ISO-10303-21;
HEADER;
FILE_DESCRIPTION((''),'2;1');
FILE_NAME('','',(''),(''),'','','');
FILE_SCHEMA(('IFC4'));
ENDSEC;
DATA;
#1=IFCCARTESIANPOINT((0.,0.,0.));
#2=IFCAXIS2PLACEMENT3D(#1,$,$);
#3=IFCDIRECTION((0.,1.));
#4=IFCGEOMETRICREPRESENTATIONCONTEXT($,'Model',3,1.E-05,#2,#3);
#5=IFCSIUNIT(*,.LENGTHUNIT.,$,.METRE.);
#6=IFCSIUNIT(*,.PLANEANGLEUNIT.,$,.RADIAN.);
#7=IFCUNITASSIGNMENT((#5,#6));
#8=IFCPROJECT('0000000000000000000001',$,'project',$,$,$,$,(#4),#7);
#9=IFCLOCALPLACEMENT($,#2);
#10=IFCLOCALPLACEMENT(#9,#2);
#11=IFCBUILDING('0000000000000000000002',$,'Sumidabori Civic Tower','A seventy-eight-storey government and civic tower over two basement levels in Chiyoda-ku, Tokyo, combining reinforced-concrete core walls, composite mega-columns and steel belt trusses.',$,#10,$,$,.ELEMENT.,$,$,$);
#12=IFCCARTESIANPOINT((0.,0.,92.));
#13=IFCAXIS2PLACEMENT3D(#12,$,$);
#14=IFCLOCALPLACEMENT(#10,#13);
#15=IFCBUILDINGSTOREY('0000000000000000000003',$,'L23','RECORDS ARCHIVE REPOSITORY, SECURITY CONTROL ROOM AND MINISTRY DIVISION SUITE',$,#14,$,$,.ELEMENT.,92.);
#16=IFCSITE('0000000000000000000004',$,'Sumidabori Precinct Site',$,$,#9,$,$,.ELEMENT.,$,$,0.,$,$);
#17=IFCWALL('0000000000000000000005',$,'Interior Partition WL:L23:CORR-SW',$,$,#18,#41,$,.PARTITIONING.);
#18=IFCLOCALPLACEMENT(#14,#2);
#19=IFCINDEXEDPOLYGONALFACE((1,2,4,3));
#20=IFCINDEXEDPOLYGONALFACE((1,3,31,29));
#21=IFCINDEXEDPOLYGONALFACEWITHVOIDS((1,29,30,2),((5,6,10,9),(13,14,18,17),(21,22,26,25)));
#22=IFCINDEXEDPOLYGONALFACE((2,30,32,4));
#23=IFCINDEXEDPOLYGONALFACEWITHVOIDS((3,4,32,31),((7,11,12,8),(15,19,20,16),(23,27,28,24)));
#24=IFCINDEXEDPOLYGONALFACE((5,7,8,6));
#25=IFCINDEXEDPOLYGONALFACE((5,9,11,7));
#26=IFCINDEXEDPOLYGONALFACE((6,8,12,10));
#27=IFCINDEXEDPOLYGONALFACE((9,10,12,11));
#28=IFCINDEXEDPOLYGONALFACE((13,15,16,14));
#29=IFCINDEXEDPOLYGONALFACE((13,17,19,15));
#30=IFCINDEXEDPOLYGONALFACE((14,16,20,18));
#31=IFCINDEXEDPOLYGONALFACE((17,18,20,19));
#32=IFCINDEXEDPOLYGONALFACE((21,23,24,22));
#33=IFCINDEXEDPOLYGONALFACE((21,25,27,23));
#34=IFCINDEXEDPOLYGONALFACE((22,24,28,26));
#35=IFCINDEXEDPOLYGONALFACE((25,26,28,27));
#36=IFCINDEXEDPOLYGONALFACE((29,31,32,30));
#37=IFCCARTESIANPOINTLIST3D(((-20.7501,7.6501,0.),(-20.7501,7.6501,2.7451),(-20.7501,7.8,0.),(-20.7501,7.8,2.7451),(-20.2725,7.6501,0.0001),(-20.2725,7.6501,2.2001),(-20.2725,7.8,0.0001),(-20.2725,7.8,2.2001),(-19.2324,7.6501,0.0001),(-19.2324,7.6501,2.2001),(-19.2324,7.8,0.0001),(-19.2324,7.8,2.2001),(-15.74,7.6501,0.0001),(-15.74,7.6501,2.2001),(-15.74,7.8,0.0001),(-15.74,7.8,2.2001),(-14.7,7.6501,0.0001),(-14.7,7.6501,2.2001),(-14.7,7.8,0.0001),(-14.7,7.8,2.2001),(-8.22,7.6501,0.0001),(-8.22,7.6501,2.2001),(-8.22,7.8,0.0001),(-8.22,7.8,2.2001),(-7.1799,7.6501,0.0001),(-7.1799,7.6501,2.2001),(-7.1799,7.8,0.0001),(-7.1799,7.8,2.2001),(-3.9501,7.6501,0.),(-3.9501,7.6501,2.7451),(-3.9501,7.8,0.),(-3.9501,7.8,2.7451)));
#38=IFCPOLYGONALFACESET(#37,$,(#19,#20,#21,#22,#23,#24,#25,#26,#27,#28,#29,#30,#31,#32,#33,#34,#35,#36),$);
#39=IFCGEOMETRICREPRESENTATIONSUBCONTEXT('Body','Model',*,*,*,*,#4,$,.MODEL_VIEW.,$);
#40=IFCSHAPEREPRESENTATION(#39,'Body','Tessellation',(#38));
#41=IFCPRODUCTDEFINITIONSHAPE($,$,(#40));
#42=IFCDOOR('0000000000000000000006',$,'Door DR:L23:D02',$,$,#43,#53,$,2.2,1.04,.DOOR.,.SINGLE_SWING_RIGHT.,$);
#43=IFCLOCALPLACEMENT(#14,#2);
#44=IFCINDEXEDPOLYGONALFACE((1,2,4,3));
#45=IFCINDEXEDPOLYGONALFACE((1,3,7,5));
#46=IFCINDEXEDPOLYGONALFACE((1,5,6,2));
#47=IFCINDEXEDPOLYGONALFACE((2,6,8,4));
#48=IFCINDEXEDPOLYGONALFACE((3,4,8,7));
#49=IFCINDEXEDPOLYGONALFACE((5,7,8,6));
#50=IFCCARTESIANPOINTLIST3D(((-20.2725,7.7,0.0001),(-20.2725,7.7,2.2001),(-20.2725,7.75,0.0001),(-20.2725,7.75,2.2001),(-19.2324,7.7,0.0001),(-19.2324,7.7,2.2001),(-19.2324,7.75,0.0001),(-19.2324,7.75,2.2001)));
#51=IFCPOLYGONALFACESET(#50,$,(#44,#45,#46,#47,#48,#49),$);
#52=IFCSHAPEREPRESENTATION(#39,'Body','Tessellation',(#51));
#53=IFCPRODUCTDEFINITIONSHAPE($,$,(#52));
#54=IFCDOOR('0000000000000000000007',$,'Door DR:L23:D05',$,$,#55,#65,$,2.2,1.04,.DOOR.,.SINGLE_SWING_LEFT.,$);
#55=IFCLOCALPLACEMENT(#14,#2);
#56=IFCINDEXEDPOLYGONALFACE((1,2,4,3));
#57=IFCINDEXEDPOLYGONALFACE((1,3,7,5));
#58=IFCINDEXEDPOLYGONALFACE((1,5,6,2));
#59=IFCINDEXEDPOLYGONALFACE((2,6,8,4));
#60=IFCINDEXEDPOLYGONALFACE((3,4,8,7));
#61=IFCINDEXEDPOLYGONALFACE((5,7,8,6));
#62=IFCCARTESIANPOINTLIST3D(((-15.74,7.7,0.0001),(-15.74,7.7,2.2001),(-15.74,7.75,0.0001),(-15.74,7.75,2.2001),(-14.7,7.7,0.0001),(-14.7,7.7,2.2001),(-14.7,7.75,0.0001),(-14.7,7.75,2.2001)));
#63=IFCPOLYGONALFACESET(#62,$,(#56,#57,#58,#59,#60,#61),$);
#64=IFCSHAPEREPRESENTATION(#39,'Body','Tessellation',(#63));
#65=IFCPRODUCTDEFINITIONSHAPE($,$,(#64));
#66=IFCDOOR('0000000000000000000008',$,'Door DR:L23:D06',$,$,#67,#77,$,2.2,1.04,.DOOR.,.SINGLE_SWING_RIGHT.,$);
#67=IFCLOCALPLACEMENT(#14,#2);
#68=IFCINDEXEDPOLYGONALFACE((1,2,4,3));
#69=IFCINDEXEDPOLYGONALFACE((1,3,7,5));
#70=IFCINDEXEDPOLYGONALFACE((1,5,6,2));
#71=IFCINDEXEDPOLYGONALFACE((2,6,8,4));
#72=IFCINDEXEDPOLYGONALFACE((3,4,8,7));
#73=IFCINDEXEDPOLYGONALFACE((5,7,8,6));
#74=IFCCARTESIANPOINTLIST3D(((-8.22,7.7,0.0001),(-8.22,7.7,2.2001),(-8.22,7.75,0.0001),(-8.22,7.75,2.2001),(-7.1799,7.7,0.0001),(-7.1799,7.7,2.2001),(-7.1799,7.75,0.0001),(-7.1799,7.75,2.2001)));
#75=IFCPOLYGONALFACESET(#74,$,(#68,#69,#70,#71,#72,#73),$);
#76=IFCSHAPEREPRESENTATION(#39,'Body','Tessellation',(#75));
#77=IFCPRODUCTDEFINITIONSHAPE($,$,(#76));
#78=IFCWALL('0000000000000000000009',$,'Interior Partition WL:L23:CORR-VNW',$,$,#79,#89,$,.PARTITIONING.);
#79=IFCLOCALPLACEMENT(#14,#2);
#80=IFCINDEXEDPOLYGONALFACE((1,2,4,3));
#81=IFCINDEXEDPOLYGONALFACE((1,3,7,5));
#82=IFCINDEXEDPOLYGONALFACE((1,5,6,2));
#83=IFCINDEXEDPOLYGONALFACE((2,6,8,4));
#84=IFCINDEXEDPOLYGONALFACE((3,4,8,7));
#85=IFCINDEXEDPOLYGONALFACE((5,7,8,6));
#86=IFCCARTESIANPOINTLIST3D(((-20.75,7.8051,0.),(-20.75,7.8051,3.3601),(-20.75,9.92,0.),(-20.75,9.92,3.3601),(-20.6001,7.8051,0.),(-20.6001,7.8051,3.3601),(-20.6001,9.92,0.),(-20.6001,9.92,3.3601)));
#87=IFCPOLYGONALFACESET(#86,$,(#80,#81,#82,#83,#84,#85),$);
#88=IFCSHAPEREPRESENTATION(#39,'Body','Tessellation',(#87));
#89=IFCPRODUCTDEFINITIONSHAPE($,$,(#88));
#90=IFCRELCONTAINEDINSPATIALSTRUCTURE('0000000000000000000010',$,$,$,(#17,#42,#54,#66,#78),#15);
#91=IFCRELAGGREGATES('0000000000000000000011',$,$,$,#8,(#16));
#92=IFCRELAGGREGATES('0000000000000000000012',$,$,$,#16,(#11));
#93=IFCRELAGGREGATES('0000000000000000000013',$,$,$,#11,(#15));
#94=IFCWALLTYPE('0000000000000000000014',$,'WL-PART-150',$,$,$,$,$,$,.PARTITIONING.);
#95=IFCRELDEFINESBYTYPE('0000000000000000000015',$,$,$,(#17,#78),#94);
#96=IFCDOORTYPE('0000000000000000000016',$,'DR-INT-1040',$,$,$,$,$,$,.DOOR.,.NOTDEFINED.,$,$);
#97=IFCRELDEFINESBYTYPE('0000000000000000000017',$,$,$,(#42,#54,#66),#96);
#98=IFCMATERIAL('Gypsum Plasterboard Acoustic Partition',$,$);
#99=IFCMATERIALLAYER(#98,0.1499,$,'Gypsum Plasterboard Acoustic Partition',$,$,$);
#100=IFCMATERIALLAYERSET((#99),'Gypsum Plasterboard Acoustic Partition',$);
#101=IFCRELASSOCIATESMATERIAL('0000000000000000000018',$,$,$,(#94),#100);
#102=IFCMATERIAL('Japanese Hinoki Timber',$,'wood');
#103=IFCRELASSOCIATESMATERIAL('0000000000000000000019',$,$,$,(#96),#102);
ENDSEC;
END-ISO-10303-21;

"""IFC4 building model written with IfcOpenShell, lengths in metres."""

from ifc_helpers import new_model, si_unit, direction, frame, frame_2d, origin, place, context, subcontext, project, spatial, rectangle, extrude, source, transform, mapped, material, layer, layer_set, type_object, element, fill, save


model = new_model("IFC4")

# Units and contexts
model_context = context("Model", 3, precision=1e-05, world=origin(), true_north=direction((0.0, 1.0)))
body_context = subcontext(model_context, "Body", "Model", "MODEL_VIEW")
ifc_project = project(units=[si_unit("LENGTHUNIT", "METRE"), si_unit("PLANEANGLEUNIT", "RADIAN")], contexts=[model_context])

# Site, building, storey
site_placement = place(None, origin())
site = spatial("IfcSite", under=ifc_project, at=site_placement, Name="Sumidabori Precinct Site", CompositionType="ELEMENT", RefElevation=0.0)
building_placement = place(site_placement, origin())
building = spatial("IfcBuilding", under=site, at=building_placement, Name="Sumidabori Civic Tower", Description="A seventy-eight-storey government and civic tower over two basement levels in Chiyoda-ku, Tokyo, combining reinforced-concrete core walls, composite mega-columns and steel belt trusses.", CompositionType="ELEMENT")
storey_placement = place(building_placement, frame((0.0, 0.0, 92.0)))
storey = spatial("IfcBuildingStorey", under=building, at=storey_placement, Name="L23", Description="RECORDS ARCHIVE REPOSITORY, SECURITY CONTROL ROOM AND MINISTRY DIVISION SUITE", CompositionType="ELEMENT", Elevation=92.0)

# Shared definitions
ifc_material_1 = material(Name="Gypsum Plasterboard Acoustic Partition")
ifc_layer_1 = layer(ifc_material_1, 0.1499, Name="Gypsum Plasterboard Acoustic Partition")
ifc_layer_set_1 = layer_set([ifc_layer_1], Name="Gypsum Plasterboard Acoustic Partition")
wall_type_1 = type_object("IfcWallType", Name="WL-PART-150", PredefinedType="PARTITIONING", material=ifc_layer_set_1)

# Shared definitions
ifc_material_2 = material(Name="Japanese Hinoki Timber", Category="wood")

# Wall, openings, doors
shared_shape_1 = source(origin(), body_context, "Body", "SweptSolid", [
    extrude(rectangle(XDim=16.8, YDim=0.1499, at=frame_2d((8.3999, 0.0))), origin(), (0.0, 0.0, 1.0), 2.7451),
])
wall_1_placement = place(storey_placement, frame((-20.75, 7.7251, 0.0), z_axis=(0.0, 0.0, 1.0), x_axis=(1.0, 0.0, 0.0)))
wall_1 = element("IfcWall", 1, at=wall_1_placement, inside=storey, type_object=wall_type_1, Name="Interior Partition WL:L23:CORR-SW", PredefinedType="PARTITIONING", context=body_context, shape_type="MappedRepresentation", body=[
    mapped(shared_shape_1, transform((0.0, 0.0, 0.0), x_axis=(1.0, 0.0, 0.0), y_axis=(0.0, 1.0, 0.0), z_axis=(0.0, 0.0, 1.0), scale=1.0)),
])
opening_1_placement = place(wall_1_placement, frame((0.4775, 0.0, 0.0)))
opening_1 = element("IfcOpeningElement", 2, at=opening_1_placement, cuts=wall_1, PredefinedType="OPENING", context=body_context, shape_type="SweptSolid", body=[
    extrude(rectangle(XDim=1.04, YDim=2.2, at=frame_2d((0.52, 1.1001))), frame((0.0, 0.0869, 0.0), z_axis=(0.0, -1.0, 0.0), x_axis=(1.0, 0.0, 0.0)), (0.0, 0.0, 1.0), 0.1738),
])
opening_2_placement = place(wall_1_placement, frame((5.01, 0.0, 0.0)))
opening_2 = element("IfcOpeningElement", 3, at=opening_2_placement, cuts=wall_1, PredefinedType="OPENING", context=body_context, shape_type="SweptSolid", body=[
    extrude(rectangle(XDim=1.04, YDim=2.2, at=frame_2d((0.52, 1.1001))), frame((0.0, 0.0869, 0.0), z_axis=(0.0, -1.0, 0.0), x_axis=(1.0, 0.0, 0.0)), (0.0, 0.0, 1.0), 0.1738),
])
opening_3_placement = place(wall_1_placement, frame((12.53, 0.0, 0.0)))
opening_3 = element("IfcOpeningElement", 4, at=opening_3_placement, cuts=wall_1, PredefinedType="OPENING", context=body_context, shape_type="SweptSolid", body=[
    extrude(rectangle(XDim=1.04, YDim=2.2, at=frame_2d((0.52, 1.1001))), frame((0.0, 0.0869, 0.0), z_axis=(0.0, -1.0, 0.0), x_axis=(1.0, 0.0, 0.0)), (0.0, 0.0, 1.0), 0.1738),
])
door_type_1 = type_object("IfcDoorType", Name="DR-INT-1040", OperationType="NOTDEFINED", PredefinedType="DOOR", material=ifc_material_2)
shared_shape_2 = source(origin(), body_context, "Body", "SweptSolid", [
    extrude(rectangle(XDim=1.04, YDim=2.2, at=frame_2d((0.52, 1.1001))), frame((0.0, 0.0249, 0.0), z_axis=(0.0, -1.0, 0.0), x_axis=(1.0, 0.0, 0.0)), (0.0, 0.0, 1.0), 0.05),
])
door_1_placement = place(opening_1_placement, origin())
door_1 = element("IfcDoor", 5, at=door_1_placement, inside=storey, type_object=door_type_1, Name="Door DR:L23:D02", OperationType="SINGLE_SWING_RIGHT", OverallHeight=2.2, OverallWidth=1.04, PredefinedType="DOOR", context=body_context, shape_type="MappedRepresentation", body=[
    mapped(shared_shape_2, transform((0.0, 0.0, 0.0), x_axis=(1.0, 0.0, 0.0), y_axis=(0.0, 1.0, 0.0), z_axis=(0.0, 0.0, 1.0), scale=1.0)),
])
fill(opening_1, door_1)
door_2_placement = place(opening_2_placement, origin())
door_2 = element("IfcDoor", 6, at=door_2_placement, inside=storey, type_object=door_type_1, Name="Door DR:L23:D05", OperationType="SINGLE_SWING_LEFT", OverallHeight=2.2, OverallWidth=1.04, PredefinedType="DOOR", context=body_context, shape_type="MappedRepresentation", body=[
    mapped(shared_shape_2, transform((0.0, 0.0, 0.0), x_axis=(1.0, 0.0, 0.0), y_axis=(0.0, 1.0, 0.0), z_axis=(0.0, 0.0, 1.0), scale=1.0)),
])
fill(opening_2, door_2)
door_3_placement = place(opening_3_placement, origin())
door_3 = element("IfcDoor", 7, at=door_3_placement, inside=storey, type_object=door_type_1, Name="Door DR:L23:D06", OperationType="SINGLE_SWING_RIGHT", OverallHeight=2.2, OverallWidth=1.04, PredefinedType="DOOR", context=body_context, shape_type="MappedRepresentation", body=[
    mapped(shared_shape_2, transform((0.0, 0.0, 0.0), x_axis=(1.0, 0.0, 0.0), y_axis=(0.0, 1.0, 0.0), z_axis=(0.0, 0.0, 1.0), scale=1.0)),
])
fill(opening_3, door_3)

# Wall
shared_shape_3 = source(origin(), body_context, "Body", "SweptSolid", [
    extrude(rectangle(XDim=2.115, YDim=0.1499, at=frame_2d((1.0576, 0.0))), origin(), (0.0, 0.0, 1.0), 3.3601),
])
wall_2_placement = place(storey_placement, frame((-20.675, 7.8049, 0.0), z_axis=(0.0, 0.0, 1.0), x_axis=(0.0, 1.0, 0.0)))
element("IfcWall", 8, at=wall_2_placement, inside=storey, type_object=wall_type_1, Name="Interior Partition WL:L23:CORR-VNW", PredefinedType="PARTITIONING", context=body_context, shape_type="MappedRepresentation", body=[
    mapped(shared_shape_3, transform((0.0, 0.0, 0.0), x_axis=(1.0, 0.0, 0.0), y_axis=(0.0, 1.0, 0.0), z_axis=(0.0, 0.0, 1.0), scale=1.0)),
])

save(model, "model.ifc")
